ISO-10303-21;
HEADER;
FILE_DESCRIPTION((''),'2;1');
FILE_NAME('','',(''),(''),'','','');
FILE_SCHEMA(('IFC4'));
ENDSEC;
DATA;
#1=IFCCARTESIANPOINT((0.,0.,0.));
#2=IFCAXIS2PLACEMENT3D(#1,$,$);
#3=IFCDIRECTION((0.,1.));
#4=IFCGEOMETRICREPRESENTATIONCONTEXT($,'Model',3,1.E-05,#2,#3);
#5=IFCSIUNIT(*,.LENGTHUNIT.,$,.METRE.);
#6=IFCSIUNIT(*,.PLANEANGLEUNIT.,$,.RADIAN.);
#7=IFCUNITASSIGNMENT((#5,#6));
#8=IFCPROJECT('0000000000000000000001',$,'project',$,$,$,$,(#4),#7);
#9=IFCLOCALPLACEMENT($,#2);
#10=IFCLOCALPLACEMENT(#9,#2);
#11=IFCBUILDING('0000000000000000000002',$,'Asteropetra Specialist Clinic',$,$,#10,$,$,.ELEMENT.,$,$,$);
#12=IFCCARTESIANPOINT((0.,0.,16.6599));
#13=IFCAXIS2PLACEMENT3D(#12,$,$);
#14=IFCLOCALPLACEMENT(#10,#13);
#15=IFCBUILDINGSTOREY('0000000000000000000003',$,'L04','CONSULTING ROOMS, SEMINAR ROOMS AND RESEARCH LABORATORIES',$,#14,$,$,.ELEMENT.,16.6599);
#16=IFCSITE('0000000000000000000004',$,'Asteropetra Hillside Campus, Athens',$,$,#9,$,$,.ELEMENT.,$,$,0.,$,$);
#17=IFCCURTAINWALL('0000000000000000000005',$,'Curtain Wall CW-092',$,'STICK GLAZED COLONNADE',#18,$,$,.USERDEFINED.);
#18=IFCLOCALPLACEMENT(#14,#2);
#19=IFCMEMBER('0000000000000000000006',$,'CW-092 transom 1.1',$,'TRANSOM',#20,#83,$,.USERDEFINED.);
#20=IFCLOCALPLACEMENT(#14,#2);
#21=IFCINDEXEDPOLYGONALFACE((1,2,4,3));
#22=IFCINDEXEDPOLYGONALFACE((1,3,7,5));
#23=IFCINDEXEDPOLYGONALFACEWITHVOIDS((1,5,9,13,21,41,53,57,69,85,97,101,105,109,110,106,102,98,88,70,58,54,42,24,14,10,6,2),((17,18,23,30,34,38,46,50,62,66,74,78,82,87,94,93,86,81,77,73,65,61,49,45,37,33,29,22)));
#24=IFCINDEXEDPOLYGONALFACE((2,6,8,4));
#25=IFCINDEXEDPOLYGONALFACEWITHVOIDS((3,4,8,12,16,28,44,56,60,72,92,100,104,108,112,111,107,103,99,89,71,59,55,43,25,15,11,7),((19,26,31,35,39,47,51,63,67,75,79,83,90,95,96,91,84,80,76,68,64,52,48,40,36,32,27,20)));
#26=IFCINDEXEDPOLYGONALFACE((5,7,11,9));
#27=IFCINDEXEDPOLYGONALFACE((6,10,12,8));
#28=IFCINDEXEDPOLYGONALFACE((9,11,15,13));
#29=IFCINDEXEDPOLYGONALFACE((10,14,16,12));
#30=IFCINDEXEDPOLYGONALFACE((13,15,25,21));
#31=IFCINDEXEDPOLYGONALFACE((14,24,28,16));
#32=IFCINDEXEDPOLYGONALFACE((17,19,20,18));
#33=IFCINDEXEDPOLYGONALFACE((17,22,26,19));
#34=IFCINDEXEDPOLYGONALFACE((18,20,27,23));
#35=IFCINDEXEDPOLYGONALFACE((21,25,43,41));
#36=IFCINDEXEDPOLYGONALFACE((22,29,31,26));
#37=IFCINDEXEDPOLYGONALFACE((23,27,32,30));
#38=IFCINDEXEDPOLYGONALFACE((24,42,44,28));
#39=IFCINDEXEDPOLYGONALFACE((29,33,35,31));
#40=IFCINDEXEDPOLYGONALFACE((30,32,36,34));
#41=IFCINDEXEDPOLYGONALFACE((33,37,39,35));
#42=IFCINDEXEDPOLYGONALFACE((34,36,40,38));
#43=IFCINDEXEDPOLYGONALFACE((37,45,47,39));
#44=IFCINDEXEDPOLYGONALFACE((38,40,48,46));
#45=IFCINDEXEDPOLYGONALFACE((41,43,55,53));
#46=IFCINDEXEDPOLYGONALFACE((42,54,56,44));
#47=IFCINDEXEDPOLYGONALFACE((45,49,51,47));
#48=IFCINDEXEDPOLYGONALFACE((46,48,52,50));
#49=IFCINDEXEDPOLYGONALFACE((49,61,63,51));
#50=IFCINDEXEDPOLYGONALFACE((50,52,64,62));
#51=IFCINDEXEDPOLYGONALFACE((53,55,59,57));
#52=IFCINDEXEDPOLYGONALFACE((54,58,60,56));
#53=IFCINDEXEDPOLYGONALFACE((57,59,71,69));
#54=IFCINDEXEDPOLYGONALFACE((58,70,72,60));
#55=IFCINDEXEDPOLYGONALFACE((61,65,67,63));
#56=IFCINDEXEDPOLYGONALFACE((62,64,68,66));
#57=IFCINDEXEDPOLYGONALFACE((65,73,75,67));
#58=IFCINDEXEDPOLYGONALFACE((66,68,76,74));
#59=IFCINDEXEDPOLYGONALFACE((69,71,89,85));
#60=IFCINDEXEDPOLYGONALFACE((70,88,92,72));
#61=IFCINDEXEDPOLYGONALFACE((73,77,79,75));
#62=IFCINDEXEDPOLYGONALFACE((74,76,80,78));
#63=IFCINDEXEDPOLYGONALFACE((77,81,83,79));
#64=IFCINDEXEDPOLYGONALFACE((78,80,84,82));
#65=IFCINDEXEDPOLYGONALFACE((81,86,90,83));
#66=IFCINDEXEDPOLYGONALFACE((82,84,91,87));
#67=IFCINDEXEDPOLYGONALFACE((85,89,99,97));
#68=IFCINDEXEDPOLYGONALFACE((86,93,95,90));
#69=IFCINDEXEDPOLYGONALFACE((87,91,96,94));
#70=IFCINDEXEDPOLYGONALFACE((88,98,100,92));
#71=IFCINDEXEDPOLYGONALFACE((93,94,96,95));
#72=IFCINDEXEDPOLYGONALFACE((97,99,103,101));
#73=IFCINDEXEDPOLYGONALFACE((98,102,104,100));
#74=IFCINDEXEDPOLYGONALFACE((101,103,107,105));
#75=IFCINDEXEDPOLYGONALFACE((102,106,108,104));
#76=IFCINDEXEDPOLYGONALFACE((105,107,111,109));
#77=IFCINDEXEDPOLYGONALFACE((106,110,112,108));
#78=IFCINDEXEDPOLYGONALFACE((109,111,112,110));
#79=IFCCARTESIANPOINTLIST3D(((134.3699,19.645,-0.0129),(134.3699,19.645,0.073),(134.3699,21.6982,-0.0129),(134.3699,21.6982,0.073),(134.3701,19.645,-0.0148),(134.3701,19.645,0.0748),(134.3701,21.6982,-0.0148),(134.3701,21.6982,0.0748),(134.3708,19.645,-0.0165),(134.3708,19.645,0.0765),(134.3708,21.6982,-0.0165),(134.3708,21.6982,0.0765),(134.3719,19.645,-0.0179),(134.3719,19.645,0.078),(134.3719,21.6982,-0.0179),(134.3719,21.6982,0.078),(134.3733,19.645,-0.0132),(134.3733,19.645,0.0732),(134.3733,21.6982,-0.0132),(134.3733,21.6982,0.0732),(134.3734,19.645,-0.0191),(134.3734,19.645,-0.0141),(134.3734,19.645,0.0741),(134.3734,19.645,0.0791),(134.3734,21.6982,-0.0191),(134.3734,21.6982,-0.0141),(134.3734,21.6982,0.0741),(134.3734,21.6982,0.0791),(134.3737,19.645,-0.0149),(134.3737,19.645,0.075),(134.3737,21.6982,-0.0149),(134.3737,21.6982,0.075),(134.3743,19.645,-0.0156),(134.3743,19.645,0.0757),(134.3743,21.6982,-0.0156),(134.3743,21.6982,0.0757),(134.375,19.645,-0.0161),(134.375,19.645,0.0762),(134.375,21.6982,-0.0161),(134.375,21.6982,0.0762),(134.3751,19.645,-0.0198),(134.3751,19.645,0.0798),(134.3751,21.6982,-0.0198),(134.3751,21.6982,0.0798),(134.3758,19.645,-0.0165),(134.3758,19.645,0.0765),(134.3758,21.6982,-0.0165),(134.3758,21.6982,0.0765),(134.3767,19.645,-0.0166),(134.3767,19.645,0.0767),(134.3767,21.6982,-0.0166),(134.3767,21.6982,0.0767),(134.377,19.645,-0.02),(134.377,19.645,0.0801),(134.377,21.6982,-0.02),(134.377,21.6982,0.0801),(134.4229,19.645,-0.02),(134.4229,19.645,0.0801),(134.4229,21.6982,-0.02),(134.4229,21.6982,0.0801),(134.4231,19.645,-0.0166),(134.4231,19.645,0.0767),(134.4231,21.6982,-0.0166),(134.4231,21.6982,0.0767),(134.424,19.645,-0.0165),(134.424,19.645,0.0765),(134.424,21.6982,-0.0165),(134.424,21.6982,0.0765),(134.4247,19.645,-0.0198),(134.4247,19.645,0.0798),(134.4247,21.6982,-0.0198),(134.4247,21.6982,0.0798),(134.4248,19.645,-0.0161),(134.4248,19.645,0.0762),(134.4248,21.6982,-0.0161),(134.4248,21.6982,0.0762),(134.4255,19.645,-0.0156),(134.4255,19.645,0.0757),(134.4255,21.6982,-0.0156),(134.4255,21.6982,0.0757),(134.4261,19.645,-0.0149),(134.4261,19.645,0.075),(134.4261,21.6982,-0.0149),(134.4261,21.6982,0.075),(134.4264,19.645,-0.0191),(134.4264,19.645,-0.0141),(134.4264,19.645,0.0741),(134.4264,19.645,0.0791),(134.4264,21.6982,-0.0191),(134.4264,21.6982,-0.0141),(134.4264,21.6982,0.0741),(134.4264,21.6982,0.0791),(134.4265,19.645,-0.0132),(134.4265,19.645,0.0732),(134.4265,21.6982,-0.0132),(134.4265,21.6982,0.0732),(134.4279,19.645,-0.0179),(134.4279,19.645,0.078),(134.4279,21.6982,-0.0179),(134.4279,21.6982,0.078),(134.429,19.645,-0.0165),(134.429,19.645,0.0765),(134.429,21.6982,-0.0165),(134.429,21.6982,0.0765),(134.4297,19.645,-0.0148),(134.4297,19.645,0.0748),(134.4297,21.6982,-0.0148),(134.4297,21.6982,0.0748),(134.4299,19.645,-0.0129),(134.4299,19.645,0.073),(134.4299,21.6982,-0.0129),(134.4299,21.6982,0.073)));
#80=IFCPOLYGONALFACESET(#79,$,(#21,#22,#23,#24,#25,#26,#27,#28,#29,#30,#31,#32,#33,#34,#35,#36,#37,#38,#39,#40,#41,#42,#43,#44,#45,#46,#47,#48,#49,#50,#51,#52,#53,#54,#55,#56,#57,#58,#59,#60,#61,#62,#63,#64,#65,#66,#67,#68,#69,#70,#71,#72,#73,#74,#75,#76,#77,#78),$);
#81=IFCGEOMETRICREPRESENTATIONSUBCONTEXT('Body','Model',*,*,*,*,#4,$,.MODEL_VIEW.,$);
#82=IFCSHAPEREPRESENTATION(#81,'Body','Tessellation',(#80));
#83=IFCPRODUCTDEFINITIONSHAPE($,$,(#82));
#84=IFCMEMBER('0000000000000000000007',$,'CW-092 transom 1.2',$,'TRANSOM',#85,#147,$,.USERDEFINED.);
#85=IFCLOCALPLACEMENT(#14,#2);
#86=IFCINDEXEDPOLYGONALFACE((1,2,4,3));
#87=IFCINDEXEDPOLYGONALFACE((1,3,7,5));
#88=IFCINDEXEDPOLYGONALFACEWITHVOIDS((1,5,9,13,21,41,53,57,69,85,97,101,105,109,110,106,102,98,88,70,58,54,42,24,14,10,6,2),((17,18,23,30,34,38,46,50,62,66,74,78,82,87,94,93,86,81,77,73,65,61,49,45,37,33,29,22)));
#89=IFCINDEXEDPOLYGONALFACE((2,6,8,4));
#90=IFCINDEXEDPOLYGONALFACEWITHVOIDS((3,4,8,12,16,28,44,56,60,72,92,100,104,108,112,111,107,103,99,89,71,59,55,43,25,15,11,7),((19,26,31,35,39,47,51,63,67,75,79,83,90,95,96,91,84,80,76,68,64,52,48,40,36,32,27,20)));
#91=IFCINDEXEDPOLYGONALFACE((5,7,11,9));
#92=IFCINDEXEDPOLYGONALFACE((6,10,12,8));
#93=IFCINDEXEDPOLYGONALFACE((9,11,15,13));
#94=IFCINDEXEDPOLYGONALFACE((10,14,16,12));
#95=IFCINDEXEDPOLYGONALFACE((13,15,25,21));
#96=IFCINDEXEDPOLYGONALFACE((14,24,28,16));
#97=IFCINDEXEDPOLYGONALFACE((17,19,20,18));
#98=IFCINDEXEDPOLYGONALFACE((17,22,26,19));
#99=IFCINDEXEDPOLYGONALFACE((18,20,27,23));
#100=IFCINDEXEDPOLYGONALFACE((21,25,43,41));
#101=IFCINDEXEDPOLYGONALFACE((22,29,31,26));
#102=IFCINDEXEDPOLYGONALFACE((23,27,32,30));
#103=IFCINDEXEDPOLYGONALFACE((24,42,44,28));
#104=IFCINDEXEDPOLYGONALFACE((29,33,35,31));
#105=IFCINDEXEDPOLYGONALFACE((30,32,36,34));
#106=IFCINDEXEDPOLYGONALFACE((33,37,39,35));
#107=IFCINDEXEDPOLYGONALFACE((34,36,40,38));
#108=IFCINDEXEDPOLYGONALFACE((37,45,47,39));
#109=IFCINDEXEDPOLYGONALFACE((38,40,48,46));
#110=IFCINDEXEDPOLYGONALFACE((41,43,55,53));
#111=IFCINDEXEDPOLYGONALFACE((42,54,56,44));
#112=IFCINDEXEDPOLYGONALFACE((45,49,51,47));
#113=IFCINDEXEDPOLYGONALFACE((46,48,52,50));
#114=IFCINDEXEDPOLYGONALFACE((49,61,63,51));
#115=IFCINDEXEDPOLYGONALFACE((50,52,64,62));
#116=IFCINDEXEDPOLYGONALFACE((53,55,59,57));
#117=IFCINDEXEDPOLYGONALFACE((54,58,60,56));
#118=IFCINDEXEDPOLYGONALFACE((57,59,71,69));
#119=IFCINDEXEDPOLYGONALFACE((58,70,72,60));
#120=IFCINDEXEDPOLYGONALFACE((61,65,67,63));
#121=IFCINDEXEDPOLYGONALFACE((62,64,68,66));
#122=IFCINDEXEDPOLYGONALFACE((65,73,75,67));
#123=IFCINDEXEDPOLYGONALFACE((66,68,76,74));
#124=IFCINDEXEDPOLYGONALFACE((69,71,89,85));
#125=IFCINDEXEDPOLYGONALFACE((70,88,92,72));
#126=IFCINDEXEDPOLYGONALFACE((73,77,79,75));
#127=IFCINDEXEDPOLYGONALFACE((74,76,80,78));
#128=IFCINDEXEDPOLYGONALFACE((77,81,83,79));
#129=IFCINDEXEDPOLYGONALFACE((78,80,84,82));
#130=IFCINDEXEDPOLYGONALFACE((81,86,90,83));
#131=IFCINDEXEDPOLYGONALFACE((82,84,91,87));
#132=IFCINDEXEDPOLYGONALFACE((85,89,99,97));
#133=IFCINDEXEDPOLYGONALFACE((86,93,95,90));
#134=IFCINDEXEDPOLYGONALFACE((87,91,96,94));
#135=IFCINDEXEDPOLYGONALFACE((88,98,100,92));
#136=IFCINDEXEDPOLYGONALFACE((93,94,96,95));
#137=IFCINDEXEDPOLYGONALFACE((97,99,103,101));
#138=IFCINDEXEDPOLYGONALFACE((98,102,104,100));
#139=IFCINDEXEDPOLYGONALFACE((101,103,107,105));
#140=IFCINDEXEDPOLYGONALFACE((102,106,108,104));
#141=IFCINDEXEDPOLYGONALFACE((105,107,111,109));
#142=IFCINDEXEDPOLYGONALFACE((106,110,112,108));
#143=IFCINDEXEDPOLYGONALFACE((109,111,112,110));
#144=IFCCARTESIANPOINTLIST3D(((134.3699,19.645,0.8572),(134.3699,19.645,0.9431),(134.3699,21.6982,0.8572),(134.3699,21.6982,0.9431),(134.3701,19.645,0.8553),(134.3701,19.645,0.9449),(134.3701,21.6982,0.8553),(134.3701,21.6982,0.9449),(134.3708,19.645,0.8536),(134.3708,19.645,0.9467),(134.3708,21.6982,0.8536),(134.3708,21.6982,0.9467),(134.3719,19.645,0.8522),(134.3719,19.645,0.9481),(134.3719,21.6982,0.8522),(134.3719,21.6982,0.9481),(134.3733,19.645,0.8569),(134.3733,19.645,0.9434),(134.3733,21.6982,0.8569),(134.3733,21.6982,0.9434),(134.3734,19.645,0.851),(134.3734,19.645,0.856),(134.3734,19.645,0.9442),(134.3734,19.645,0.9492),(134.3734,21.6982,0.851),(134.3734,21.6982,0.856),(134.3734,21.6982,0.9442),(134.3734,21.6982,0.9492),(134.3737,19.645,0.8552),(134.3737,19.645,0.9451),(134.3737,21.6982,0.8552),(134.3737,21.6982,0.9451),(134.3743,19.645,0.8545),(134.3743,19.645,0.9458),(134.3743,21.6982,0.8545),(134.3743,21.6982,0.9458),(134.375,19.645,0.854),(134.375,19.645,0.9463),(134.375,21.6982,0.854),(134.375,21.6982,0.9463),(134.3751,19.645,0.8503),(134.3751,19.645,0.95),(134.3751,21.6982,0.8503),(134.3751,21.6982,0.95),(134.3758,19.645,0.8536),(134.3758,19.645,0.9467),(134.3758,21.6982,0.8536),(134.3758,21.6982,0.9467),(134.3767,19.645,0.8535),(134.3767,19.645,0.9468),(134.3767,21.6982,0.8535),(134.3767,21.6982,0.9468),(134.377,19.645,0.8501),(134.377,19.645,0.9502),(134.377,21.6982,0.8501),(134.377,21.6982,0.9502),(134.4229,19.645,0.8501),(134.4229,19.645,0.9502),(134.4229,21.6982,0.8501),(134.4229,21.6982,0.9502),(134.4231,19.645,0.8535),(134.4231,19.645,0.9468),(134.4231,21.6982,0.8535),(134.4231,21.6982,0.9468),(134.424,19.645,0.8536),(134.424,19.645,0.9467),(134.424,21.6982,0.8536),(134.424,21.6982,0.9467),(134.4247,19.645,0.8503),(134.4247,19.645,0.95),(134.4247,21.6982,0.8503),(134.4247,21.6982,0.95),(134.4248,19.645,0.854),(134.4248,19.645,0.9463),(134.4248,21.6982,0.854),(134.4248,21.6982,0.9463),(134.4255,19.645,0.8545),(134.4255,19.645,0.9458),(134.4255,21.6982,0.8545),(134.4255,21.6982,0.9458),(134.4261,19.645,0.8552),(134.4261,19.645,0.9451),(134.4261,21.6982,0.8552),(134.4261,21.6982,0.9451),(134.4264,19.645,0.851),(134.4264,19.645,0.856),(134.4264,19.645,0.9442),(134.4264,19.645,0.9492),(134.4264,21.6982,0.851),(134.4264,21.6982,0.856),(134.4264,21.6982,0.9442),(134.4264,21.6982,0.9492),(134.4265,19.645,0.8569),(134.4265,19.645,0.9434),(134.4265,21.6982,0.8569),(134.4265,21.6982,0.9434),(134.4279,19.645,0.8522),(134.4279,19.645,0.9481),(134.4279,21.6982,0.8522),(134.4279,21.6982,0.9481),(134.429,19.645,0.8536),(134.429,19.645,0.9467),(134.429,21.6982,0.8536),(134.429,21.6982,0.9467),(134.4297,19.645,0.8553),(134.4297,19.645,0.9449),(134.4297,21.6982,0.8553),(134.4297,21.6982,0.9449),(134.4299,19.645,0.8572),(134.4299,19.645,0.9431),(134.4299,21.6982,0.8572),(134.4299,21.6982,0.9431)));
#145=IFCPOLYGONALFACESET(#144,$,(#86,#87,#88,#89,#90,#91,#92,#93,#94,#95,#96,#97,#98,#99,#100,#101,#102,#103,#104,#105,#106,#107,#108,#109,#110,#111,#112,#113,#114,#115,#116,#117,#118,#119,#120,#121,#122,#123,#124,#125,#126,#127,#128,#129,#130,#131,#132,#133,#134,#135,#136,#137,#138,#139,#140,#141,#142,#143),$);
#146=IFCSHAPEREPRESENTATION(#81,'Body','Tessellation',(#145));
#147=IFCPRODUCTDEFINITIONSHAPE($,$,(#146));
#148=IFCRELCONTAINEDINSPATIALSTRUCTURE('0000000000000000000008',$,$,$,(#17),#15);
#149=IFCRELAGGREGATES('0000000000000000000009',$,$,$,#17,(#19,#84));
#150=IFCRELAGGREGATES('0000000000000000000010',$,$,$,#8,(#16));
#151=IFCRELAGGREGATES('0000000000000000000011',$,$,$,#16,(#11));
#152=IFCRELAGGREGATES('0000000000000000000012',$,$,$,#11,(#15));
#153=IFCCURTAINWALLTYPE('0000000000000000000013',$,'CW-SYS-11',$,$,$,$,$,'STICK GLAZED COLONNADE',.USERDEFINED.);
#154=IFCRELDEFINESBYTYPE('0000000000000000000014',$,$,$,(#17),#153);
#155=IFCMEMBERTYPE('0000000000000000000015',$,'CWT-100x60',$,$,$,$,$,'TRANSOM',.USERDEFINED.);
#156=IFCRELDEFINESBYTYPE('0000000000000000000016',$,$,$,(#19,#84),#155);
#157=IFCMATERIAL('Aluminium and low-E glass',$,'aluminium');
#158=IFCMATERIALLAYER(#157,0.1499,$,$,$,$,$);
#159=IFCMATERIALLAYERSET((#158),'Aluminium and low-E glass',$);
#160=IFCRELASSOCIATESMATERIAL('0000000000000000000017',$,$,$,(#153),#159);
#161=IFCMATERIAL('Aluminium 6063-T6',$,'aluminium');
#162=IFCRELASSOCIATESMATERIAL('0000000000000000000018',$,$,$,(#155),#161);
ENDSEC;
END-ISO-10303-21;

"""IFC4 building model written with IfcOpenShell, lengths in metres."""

from ifc_helpers import new_model, si_unit, direction, frame, origin, origin_2d, place, context, subcontext, project, spatial, hollow_rectangle, extrude, material, layer, layer_set, material_profile, profile_set, type_object, element, aggregate, save


model = new_model("IFC4")

# Units and contexts
model_context = context("Model", 3, precision=1e-05, world=origin(), true_north=direction((0.0, 1.0)))
body_context = subcontext(model_context, "Body", "Model", "MODEL_VIEW")
ifc_project = project(units=[si_unit("LENGTHUNIT", "METRE"), si_unit("PLANEANGLEUNIT", "RADIAN")], contexts=[model_context])

# Site, building, storey
site_placement = place(None, origin())
site = spatial("IfcSite", under=ifc_project, at=site_placement, Name="Asteropetra Hillside Campus, Athens", CompositionType="ELEMENT", RefElevation=0.0)
building_placement = place(site_placement, origin())
building = spatial("IfcBuilding", under=site, at=building_placement, Name="Asteropetra Specialist Clinic", CompositionType="ELEMENT")
storey_placement = place(building_placement, frame((0.0, 0.0, 16.6599)))
storey = spatial("IfcBuildingStorey", under=building, at=storey_placement, Name="L04", Description="CONSULTING ROOMS, SEMINAR ROOMS AND RESEARCH LABORATORIES", CompositionType="ELEMENT", Elevation=16.6599)

# Curtain wall, members
ifc_material_1 = material(Name="Aluminium and low-E glass", Category="aluminium")
ifc_layer_1 = layer(ifc_material_1, 0.1499)
ifc_layer_set_1 = layer_set([ifc_layer_1], Name="Aluminium and low-E glass")
curtain_wall_type_1 = type_object("IfcCurtainWallType", Name="CW-SYS-11", ElementType="STICK GLAZED COLONNADE", PredefinedType="USERDEFINED", material=ifc_layer_set_1)
curtain_wall_1_placement = place(storey_placement, origin())
curtain_wall_1 = element("IfcCurtainWall", 1, at=curtain_wall_1_placement, inside=storey, type_object=curtain_wall_type_1, Name="Curtain Wall CW-092", ObjectType="STICK GLAZED COLONNADE", PredefinedType="USERDEFINED")
ifc_material_2 = material(Name="Aluminium 6063-T6", Category="aluminium")
ifc_material_profile_1 = material_profile(ifc_material_2, hollow_rectangle(XDim=0.0601, YDim=0.1001, WallThickness=0.0034, InnerFilletRadius=0.0034, OuterFilletRadius=0.0071, at=origin_2d()), Name="TRN 100x60x3.5")
ifc_profile_set_1 = profile_set([ifc_material_profile_1], Name="Aluminium 6063-T6")
member_type_1 = type_object("IfcMemberType", Name="CWT-100x60", ElementType="TRANSOM", PredefinedType="USERDEFINED", material=ifc_profile_set_1)
member_1_placement = place(storey_placement, frame((134.3999, 19.645, 0.03), z_axis=(0.0, 1.0, 0.0), x_axis=(-1.0, 0.0, 0.0)))
member_1 = element("IfcMember", 2, at=member_1_placement, type_object=member_type_1, Name="CW-092 transom 1.1", ObjectType="TRANSOM", PredefinedType="USERDEFINED", context=body_context, shape_type="SweptSolid", body=[
    extrude(hollow_rectangle(XDim=0.0601, YDim=0.1001, WallThickness=0.0034, InnerFilletRadius=0.0034, OuterFilletRadius=0.0071, at=origin_2d()), origin(), (0.0, 0.0, 1.0), 2.0532),
])
member_2_placement = place(storey_placement, frame((134.3999, 19.645, 0.9001), z_axis=(0.0, 1.0, 0.0), x_axis=(-1.0, 0.0, 0.0)))
member_2 = element("IfcMember", 3, at=member_2_placement, type_object=member_type_1, Name="CW-092 transom 1.2", ObjectType="TRANSOM", PredefinedType="USERDEFINED", context=body_context, shape_type="SweptSolid", body=[
    extrude(hollow_rectangle(XDim=0.0601, YDim=0.1001, WallThickness=0.0034, InnerFilletRadius=0.0034, OuterFilletRadius=0.0071, at=origin_2d()), origin(), (0.0, 0.0, 1.0), 2.0532),
])

aggregate(curtain_wall_1, [member_1, member_2])

save(model, "model.ifc")
